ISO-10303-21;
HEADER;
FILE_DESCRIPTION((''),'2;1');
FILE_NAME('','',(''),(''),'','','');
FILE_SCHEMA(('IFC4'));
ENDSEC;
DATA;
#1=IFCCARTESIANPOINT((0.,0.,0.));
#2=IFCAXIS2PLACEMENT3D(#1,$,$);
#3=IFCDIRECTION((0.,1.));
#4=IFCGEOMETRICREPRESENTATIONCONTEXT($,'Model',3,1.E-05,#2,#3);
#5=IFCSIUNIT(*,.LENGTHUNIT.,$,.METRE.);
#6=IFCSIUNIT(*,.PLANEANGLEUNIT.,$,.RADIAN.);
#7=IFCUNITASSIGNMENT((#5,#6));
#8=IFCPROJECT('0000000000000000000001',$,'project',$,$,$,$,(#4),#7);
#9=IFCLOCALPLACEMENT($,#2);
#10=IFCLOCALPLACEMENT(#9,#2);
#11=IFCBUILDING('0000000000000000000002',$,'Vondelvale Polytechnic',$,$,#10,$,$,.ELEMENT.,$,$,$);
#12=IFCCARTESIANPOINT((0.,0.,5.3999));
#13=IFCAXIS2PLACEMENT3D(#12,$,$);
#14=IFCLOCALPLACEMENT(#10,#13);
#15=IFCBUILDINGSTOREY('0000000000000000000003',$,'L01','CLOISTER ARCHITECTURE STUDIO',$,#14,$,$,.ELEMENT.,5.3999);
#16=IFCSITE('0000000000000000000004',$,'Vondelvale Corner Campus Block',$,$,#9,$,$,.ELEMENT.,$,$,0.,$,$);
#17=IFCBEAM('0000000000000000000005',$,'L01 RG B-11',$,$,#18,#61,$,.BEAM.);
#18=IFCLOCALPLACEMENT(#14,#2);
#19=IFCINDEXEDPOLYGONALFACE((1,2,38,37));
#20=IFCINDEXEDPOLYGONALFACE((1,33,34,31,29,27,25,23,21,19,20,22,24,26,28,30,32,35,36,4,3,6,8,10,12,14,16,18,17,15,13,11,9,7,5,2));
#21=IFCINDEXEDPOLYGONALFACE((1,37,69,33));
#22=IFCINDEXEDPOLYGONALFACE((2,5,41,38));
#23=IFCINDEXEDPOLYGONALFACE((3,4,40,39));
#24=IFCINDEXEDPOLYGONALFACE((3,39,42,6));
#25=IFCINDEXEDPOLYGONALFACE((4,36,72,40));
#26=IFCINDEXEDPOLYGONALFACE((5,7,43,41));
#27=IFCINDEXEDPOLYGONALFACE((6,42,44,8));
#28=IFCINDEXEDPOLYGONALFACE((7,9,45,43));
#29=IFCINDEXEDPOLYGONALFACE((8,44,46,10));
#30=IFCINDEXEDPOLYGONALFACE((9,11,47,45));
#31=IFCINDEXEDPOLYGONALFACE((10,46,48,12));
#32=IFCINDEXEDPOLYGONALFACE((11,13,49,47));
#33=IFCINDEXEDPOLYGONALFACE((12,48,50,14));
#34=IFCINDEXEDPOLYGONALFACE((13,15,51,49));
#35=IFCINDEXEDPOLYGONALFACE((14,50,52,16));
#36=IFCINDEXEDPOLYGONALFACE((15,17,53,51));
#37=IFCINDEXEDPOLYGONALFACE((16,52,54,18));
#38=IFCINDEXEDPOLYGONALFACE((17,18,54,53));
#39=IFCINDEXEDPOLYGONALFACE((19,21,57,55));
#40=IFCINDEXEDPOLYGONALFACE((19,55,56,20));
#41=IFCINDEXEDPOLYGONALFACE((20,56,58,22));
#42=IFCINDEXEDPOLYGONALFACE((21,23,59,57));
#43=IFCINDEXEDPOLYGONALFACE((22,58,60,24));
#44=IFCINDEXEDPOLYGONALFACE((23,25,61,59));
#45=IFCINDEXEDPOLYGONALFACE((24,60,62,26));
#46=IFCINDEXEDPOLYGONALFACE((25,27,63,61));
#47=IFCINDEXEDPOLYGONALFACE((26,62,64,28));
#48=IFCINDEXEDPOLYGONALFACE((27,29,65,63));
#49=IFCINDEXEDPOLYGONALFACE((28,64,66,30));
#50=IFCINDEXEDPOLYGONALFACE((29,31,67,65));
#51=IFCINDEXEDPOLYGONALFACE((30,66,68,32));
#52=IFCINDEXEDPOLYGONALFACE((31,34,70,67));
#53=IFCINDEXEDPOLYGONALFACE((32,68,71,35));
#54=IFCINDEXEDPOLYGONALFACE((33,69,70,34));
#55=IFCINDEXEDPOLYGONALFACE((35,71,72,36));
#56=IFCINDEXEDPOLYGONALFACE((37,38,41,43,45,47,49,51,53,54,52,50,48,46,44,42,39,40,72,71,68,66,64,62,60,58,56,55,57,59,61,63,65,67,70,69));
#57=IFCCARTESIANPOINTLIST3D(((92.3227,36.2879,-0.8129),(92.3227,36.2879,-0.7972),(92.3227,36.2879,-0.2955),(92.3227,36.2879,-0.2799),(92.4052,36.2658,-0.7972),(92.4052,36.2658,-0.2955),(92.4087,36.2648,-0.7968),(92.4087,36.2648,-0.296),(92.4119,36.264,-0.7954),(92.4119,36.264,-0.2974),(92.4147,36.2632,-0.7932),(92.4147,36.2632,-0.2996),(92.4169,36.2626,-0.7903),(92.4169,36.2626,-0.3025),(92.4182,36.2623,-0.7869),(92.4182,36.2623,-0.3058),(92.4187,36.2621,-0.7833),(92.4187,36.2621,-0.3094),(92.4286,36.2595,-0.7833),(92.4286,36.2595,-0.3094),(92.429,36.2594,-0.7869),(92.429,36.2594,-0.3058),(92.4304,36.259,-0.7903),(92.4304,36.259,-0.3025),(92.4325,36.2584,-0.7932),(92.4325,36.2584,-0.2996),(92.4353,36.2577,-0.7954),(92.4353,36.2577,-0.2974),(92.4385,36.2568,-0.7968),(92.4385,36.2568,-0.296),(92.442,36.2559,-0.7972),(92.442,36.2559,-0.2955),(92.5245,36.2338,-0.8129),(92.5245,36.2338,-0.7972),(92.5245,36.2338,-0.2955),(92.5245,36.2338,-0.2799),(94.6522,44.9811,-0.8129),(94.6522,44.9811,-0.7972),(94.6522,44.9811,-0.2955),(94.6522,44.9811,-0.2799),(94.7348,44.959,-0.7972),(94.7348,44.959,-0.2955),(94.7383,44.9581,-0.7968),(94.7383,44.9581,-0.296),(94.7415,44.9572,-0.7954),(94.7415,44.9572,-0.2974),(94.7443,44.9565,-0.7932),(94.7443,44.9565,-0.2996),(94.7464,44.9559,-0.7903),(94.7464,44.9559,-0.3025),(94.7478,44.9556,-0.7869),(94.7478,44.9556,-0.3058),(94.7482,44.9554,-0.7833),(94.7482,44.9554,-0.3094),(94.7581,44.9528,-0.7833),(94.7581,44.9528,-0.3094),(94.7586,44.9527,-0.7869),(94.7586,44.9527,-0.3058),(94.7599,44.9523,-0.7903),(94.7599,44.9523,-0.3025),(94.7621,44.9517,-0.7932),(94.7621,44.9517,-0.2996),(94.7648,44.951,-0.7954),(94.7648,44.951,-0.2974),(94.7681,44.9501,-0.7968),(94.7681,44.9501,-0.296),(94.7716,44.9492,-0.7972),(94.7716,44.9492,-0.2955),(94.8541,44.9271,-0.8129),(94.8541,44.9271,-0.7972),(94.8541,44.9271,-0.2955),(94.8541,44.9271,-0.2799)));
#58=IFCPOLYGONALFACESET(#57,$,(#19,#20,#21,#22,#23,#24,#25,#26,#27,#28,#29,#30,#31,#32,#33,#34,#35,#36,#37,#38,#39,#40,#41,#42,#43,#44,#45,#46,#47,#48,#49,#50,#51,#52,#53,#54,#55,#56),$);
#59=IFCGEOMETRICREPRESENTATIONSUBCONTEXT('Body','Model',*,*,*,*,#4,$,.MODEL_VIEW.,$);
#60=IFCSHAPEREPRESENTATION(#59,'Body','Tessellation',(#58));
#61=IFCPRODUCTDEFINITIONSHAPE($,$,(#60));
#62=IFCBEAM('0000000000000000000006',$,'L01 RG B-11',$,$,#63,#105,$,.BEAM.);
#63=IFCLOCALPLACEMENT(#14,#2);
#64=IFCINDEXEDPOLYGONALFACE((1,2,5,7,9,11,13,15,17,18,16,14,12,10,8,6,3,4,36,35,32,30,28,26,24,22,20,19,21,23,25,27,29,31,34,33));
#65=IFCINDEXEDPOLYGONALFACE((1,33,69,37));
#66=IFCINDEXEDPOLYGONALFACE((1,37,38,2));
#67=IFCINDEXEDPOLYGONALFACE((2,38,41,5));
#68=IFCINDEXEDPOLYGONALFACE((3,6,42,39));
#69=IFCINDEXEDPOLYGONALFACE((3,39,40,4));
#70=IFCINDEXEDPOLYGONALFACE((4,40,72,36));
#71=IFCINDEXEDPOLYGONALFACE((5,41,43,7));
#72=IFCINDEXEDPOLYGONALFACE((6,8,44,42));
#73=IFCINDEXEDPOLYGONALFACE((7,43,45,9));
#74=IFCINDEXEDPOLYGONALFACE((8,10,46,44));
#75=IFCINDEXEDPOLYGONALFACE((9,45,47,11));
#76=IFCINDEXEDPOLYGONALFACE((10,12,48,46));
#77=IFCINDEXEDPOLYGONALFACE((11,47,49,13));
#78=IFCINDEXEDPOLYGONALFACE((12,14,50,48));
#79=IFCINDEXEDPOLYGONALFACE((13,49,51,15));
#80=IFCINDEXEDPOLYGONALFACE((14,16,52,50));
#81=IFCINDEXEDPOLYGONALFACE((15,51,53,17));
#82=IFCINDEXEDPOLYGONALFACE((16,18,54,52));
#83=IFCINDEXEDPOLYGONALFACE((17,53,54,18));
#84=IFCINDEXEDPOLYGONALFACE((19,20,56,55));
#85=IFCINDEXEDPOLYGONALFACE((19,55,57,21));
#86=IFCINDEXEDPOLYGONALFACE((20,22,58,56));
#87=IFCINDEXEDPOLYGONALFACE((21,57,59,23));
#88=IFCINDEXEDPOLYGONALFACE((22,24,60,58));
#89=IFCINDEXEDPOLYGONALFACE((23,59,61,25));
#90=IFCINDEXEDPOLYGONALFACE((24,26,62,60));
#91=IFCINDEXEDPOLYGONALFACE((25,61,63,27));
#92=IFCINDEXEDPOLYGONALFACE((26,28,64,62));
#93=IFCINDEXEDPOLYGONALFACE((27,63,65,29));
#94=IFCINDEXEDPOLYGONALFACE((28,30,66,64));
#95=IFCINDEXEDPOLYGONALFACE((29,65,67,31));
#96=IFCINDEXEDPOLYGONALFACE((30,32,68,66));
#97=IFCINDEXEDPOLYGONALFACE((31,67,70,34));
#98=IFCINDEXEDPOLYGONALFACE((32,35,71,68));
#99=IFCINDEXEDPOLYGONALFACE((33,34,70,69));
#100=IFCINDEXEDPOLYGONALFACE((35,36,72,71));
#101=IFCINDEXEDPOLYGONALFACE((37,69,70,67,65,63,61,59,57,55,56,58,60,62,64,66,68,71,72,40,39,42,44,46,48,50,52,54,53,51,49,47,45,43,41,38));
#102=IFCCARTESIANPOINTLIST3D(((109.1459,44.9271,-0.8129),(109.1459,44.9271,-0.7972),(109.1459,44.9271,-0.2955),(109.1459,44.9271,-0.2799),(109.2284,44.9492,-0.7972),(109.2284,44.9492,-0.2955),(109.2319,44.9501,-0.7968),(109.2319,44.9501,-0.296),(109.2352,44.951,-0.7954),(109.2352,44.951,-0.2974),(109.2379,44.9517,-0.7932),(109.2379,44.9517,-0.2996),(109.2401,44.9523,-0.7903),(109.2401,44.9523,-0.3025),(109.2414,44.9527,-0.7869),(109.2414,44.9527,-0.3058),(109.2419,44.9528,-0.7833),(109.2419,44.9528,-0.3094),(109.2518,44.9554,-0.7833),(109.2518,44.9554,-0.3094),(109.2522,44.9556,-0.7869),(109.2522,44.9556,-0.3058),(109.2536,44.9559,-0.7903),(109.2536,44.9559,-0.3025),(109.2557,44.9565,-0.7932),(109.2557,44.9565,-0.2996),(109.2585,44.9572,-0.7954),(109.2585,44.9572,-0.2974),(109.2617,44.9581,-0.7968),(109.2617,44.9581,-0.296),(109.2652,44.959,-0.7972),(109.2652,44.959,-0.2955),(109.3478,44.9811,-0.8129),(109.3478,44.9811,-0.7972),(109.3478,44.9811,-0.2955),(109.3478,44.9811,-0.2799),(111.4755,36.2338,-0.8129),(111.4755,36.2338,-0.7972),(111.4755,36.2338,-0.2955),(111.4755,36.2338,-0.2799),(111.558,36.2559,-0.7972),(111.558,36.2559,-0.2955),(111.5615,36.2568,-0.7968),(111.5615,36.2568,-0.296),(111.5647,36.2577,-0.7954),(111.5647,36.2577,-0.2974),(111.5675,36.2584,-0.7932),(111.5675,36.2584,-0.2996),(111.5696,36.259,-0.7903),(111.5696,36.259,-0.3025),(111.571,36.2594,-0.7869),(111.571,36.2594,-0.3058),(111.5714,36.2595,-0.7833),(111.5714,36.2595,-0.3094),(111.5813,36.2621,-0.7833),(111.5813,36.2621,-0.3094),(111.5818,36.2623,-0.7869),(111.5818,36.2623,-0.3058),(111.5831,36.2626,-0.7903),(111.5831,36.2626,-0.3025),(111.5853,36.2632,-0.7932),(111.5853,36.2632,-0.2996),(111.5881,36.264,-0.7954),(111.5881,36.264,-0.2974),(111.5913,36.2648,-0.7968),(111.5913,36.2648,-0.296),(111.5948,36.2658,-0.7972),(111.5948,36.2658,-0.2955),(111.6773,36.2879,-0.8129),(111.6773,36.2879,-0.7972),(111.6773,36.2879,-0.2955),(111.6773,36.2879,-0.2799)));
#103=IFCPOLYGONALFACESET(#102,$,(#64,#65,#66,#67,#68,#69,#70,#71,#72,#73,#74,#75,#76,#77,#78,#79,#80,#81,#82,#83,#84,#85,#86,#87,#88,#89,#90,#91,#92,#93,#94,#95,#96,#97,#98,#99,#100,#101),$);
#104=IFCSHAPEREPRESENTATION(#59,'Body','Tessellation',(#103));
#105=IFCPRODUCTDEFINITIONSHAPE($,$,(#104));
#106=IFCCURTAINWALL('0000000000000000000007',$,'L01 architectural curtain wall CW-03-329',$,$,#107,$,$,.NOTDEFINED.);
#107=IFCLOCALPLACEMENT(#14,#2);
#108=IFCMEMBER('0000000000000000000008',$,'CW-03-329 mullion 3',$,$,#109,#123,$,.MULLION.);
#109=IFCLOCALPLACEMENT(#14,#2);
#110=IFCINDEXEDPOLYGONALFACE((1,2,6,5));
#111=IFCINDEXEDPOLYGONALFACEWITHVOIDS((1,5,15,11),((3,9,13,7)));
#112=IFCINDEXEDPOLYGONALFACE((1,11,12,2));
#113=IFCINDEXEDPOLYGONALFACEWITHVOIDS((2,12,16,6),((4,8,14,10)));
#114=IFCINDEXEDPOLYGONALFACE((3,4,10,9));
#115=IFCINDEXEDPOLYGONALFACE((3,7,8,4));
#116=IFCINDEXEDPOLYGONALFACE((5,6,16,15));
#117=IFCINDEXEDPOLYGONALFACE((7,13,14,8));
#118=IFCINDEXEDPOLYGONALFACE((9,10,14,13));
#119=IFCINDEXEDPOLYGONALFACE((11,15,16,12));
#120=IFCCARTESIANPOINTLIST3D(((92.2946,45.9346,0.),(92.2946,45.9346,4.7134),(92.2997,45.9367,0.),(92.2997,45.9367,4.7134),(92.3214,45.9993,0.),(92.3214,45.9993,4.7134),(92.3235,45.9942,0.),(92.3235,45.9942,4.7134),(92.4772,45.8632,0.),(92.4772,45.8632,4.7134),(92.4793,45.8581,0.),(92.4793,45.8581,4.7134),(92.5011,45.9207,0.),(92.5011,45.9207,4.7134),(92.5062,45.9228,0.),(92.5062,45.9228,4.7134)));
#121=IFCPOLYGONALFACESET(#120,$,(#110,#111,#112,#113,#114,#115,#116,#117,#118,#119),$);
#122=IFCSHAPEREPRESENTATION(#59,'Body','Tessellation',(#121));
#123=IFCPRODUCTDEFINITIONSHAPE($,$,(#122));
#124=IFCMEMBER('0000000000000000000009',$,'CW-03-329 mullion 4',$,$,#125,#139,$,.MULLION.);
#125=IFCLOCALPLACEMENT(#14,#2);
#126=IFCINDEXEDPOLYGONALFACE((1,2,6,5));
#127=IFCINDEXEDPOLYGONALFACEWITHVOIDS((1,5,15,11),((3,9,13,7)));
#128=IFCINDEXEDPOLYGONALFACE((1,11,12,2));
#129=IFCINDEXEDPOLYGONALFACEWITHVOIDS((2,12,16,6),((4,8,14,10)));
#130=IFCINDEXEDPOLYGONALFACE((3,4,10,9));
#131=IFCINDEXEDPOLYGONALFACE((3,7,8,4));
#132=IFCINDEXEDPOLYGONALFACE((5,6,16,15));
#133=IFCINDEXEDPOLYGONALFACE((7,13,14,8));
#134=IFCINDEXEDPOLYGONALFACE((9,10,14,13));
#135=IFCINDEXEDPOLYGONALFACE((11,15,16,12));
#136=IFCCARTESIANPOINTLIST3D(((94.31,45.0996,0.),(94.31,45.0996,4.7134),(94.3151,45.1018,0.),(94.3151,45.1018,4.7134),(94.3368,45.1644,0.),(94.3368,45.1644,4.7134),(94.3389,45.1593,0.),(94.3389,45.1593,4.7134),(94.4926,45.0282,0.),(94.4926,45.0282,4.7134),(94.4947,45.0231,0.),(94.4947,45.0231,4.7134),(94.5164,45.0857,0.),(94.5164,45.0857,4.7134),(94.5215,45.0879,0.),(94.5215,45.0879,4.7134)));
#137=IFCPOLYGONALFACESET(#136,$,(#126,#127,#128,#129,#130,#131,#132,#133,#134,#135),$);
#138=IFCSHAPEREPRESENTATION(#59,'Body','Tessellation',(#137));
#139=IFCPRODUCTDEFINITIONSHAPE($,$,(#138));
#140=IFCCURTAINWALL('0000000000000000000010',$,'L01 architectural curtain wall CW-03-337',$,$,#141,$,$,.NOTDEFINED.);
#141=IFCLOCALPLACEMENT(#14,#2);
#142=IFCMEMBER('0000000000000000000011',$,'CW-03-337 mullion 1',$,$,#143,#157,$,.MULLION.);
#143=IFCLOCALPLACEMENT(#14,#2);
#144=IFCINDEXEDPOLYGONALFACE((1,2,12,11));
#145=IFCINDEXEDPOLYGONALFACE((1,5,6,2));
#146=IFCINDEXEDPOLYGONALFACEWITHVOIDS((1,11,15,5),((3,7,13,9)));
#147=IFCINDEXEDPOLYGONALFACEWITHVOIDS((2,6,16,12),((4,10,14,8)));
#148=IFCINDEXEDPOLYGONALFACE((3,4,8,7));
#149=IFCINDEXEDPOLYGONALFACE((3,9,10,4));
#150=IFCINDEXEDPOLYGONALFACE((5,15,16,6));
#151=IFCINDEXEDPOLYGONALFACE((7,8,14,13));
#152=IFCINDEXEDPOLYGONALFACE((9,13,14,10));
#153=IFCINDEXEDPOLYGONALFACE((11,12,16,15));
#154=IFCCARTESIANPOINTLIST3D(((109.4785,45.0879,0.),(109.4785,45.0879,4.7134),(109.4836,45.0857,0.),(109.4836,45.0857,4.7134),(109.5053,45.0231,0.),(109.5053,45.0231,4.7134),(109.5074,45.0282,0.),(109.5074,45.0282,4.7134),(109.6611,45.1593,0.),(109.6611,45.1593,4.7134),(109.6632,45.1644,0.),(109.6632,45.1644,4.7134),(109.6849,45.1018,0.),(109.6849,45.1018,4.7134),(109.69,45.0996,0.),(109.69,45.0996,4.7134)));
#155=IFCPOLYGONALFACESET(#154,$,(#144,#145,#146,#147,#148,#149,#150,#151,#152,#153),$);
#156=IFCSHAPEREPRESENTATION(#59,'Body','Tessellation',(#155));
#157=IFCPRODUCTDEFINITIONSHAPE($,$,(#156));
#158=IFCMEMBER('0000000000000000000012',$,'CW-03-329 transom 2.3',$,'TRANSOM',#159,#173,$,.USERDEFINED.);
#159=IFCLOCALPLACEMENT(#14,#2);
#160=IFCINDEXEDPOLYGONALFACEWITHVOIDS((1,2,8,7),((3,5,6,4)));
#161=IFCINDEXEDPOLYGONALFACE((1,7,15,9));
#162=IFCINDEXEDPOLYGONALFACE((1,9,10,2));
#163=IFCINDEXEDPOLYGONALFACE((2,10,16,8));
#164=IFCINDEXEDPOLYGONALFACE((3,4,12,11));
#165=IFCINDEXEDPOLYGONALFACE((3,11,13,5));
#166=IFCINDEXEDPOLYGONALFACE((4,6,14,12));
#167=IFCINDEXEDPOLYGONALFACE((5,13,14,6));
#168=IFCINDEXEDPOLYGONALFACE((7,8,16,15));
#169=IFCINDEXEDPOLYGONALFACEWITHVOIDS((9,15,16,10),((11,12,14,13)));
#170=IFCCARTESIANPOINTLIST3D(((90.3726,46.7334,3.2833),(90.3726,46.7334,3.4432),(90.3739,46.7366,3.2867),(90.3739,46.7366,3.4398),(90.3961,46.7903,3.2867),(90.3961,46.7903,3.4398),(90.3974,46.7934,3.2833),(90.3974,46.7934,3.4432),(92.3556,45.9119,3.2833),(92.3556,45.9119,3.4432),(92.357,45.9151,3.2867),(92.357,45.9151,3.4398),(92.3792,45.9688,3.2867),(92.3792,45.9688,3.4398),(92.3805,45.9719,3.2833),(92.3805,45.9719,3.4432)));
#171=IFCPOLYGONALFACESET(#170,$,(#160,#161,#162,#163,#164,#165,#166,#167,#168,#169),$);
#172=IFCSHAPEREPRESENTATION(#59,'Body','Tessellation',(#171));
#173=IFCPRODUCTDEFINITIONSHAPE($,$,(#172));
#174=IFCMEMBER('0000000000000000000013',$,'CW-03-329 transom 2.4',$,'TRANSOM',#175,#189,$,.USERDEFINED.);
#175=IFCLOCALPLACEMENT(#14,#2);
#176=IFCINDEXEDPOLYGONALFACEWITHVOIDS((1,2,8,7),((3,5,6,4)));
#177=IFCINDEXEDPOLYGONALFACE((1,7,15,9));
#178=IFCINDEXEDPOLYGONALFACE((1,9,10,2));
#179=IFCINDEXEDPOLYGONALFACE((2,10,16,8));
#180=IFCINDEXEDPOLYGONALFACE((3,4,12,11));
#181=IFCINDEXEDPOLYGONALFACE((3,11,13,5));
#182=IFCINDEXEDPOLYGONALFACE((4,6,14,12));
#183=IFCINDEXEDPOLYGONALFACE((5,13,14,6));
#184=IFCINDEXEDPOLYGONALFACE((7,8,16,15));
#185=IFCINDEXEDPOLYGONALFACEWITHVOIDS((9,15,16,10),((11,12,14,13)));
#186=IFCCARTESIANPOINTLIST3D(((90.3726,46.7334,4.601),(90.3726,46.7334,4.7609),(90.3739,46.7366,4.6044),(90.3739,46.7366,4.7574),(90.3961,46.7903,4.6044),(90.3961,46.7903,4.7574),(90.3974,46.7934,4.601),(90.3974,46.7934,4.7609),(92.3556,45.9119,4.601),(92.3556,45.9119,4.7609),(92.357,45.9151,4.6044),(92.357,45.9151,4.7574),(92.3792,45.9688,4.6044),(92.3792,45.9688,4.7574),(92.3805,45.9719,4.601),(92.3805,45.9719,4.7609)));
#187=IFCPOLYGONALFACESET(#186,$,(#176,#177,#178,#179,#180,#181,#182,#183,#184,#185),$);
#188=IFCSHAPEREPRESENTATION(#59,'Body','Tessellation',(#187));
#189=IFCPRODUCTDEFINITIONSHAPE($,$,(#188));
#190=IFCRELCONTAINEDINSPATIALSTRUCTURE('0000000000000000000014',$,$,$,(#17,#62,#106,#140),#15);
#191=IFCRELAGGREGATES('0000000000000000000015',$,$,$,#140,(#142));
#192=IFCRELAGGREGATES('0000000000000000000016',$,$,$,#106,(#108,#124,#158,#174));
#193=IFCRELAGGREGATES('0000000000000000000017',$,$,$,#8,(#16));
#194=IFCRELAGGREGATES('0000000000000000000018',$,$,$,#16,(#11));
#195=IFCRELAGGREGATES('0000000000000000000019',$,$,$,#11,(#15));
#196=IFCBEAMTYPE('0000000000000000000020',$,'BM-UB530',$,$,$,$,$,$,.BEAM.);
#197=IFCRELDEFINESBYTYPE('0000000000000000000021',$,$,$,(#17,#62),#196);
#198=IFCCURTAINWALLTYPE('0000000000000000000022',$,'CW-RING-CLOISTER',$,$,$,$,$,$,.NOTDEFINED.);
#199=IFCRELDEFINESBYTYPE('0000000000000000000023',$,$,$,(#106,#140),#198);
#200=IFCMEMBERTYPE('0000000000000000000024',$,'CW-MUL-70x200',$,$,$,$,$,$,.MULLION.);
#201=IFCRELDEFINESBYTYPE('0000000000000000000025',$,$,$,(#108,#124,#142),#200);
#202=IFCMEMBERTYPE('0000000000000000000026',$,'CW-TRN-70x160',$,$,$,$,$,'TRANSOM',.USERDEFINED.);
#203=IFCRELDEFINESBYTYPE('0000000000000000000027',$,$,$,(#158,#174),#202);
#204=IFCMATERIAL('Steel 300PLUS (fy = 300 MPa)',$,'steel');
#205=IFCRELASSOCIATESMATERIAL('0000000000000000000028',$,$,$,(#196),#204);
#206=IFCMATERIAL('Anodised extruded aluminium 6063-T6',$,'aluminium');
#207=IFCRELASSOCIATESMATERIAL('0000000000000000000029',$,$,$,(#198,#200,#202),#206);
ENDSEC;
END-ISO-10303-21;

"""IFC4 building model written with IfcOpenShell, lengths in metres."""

from ifc_helpers import new_model, si_unit, direction, frame, origin, origin_2d, place, context, subcontext, project, spatial, hollow_rectangle, i_section, extrude, material, material_profile, profile_set, type_object, element, aggregate, save


model = new_model("IFC4")

# Units and contexts
model_context = context("Model", 3, precision=1e-05, world=origin(), true_north=direction((0.0, 1.0)))
body_context = subcontext(model_context, "Body", "Model", "MODEL_VIEW")
ifc_project = project(units=[si_unit("LENGTHUNIT", "METRE"), si_unit("PLANEANGLEUNIT", "RADIAN")], contexts=[model_context])

# Site, building, storey
site_placement = place(None, origin())
site = spatial("IfcSite", under=ifc_project, at=site_placement, Name="Vondelvale Corner Campus Block", CompositionType="ELEMENT", RefElevation=0.0)
building_placement = place(site_placement, origin())
building = spatial("IfcBuilding", under=site, at=building_placement, Name="Vondelvale Polytechnic", CompositionType="ELEMENT")
storey_placement = place(building_placement, frame((0.0, 0.0, 5.3999)))
storey = spatial("IfcBuildingStorey", under=building, at=storey_placement, Name="L01", Description="CLOISTER ARCHITECTURE STUDIO", CompositionType="ELEMENT", Elevation=5.3999)

# Beams
ifc_material_1 = material(Name="Steel 300PLUS (fy = 300 MPa)", Category="steel")
ifc_material_profile_1 = material_profile(ifc_material_1, i_section(OverallWidth=0.209, OverallDepth=0.533, WebThickness=0.0103, FlangeThickness=0.0156, FilletRadius=0.0139, at=origin_2d()), Name="530UB92.4")
ifc_profile_set_1 = profile_set([ifc_material_profile_1], Name="Steel 300PLUS (fy = 300 MPa)")
beam_type_1 = type_object("IfcBeamType", Name="BM-UB530", PredefinedType="BEAM", material=ifc_profile_set_1)
for number, where, z_axis, x_axis, name in (
    (1, (94.7532, 44.9541, -0.5464), (-0.258841, -0.96592, 0.0), (0.96592, -0.258841, 0.0), "L01 RG B-11"),
    (2, (109.2468, 44.9541, -0.5464), (0.258841, -0.96592, 0.0), (0.96592, 0.258841, 0.0), "L01 RG B-11"),
):
    element("IfcBeam", number, at=place(storey_placement, frame(where, z_axis=z_axis, x_axis=x_axis)), inside=storey, type_object=beam_type_1, Name=name, PredefinedType="BEAM", context=body_context, shape_type="SweptSolid", body=[
        extrude(i_section(OverallWidth=0.209, OverallDepth=0.533, WebThickness=0.0103, FlangeThickness=0.0156, FilletRadius=0.0139, at=origin_2d()), origin(), (0.0, 0.0, 1.0), 9.0),
    ])

# Curtain wall, members
ifc_material_2 = material(Name="Anodised extruded aluminium 6063-T6", Category="aluminium")
curtain_wall_type = type_object("IfcCurtainWallType", Name="CW-RING-CLOISTER", PredefinedType="NOTDEFINED", material=ifc_material_2)
curtain_wall_1_placement = place(storey_placement, origin())
curtain_wall_1 = element("IfcCurtainWall", 3, at=curtain_wall_1_placement, inside=storey, type_object=curtain_wall_type, Name="L01 architectural curtain wall CW-03-329", PredefinedType="NOTDEFINED")
ifc_material_profile_2 = material_profile(ifc_material_2, hollow_rectangle(XDim=0.0701, YDim=0.2, WallThickness=0.0039, at=origin_2d()), Name="CW-MUL-200x70")
ifc_profile_set_2 = profile_set([ifc_material_profile_2], Name="Anodised extruded aluminium 6063-T6")
member_type_1 = type_object("IfcMemberType", Name="CW-MUL-70x200", PredefinedType="MULLION", material=ifc_profile_set_2)
member_1_placement = place(storey_placement, frame((92.4004, 45.9287, 0.0), z_axis=(0.0, 0.0, 1.0), x_axis=(0.382679, 0.923882, 0.0)))
member_1 = element("IfcMember", 4, at=member_1_placement, type_object=member_type_1, Name="CW-03-329 mullion 3", PredefinedType="MULLION", context=body_context, shape_type="SweptSolid", body=[
    extrude(hollow_rectangle(XDim=0.0701, YDim=0.2, WallThickness=0.0039, at=origin_2d()), origin(), (0.0, 0.0, 1.0), 4.7134),
])
member_2_placement = place(storey_placement, frame((94.4158, 45.0938, 0.0), z_axis=(0.0, 0.0, 1.0), x_axis=(0.382679, 0.923882, 0.0)))
member_2 = element("IfcMember", 5, at=member_2_placement, type_object=member_type_1, Name="CW-03-329 mullion 4", PredefinedType="MULLION", context=body_context, shape_type="SweptSolid", body=[
    extrude(hollow_rectangle(XDim=0.0701, YDim=0.2, WallThickness=0.0039, at=origin_2d()), origin(), (0.0, 0.0, 1.0), 4.7134),
])

# Curtain wall, member
curtain_wall_2_placement = place(storey_placement, origin())
curtain_wall_2 = element("IfcCurtainWall", 6, at=curtain_wall_2_placement, inside=storey, type_object=curtain_wall_type, Name="L01 architectural curtain wall CW-03-337", PredefinedType="NOTDEFINED")
member_3_placement = place(storey_placement, frame((109.5842, 45.0938, 0.0), z_axis=(0.0, 0.0, 1.0), x_axis=(-0.382679, 0.923882, 0.0)))
member_3 = element("IfcMember", 7, at=member_3_placement, type_object=member_type_1, Name="CW-03-337 mullion 1", PredefinedType="MULLION", context=body_context, shape_type="SweptSolid", body=[
    extrude(hollow_rectangle(XDim=0.0701, YDim=0.2, WallThickness=0.0039, at=origin_2d()), origin(), (0.0, 0.0, 1.0), 4.7134),
])

# Members
ifc_material_profile_3 = material_profile(ifc_material_2, hollow_rectangle(XDim=0.0649, YDim=0.1599, WallThickness=0.0034, at=origin_2d()), Name="CW-TRN-160x65")
ifc_profile_set_3 = profile_set([ifc_material_profile_3], Name="Anodised extruded aluminium 6063-T6")
member_type_2 = type_object("IfcMemberType", Name="CW-TRN-70x160", ElementType="TRANSOM", PredefinedType="USERDEFINED", material=ifc_profile_set_3)
member_4_placement = place(storey_placement, frame((90.385, 46.7634, 3.3633), z_axis=(0.923866, -0.382717, 0.0), x_axis=(0.382717, 0.923866, 0.0)))
member_4 = element("IfcMember", 8, at=member_4_placement, type_object=member_type_2, Name="CW-03-329 transom 2.3", ObjectType="TRANSOM", PredefinedType="USERDEFINED", context=body_context, shape_type="SweptSolid", body=[
    extrude(hollow_rectangle(XDim=0.0649, YDim=0.1599, WallThickness=0.0034, at=origin_2d()), origin(), (0.0, 0.0, 1.0), 2.1465),
])
member_5_placement = place(storey_placement, frame((90.385, 46.7634, 4.6809), z_axis=(0.923866, -0.382717, 0.0), x_axis=(0.382717, 0.923866, 0.0)))
member_5 = element("IfcMember", 9, at=member_5_placement, type_object=member_type_2, Name="CW-03-329 transom 2.4", ObjectType="TRANSOM", PredefinedType="USERDEFINED", context=body_context, shape_type="SweptSolid", body=[
    extrude(hollow_rectangle(XDim=0.0649, YDim=0.1599, WallThickness=0.0034, at=origin_2d()), origin(), (0.0, 0.0, 1.0), 2.1465),
])
aggregate(curtain_wall_2, [member_3])

aggregate(curtain_wall_1, [member_1, member_2, member_4, member_5])

save(model, "model.ifc")
